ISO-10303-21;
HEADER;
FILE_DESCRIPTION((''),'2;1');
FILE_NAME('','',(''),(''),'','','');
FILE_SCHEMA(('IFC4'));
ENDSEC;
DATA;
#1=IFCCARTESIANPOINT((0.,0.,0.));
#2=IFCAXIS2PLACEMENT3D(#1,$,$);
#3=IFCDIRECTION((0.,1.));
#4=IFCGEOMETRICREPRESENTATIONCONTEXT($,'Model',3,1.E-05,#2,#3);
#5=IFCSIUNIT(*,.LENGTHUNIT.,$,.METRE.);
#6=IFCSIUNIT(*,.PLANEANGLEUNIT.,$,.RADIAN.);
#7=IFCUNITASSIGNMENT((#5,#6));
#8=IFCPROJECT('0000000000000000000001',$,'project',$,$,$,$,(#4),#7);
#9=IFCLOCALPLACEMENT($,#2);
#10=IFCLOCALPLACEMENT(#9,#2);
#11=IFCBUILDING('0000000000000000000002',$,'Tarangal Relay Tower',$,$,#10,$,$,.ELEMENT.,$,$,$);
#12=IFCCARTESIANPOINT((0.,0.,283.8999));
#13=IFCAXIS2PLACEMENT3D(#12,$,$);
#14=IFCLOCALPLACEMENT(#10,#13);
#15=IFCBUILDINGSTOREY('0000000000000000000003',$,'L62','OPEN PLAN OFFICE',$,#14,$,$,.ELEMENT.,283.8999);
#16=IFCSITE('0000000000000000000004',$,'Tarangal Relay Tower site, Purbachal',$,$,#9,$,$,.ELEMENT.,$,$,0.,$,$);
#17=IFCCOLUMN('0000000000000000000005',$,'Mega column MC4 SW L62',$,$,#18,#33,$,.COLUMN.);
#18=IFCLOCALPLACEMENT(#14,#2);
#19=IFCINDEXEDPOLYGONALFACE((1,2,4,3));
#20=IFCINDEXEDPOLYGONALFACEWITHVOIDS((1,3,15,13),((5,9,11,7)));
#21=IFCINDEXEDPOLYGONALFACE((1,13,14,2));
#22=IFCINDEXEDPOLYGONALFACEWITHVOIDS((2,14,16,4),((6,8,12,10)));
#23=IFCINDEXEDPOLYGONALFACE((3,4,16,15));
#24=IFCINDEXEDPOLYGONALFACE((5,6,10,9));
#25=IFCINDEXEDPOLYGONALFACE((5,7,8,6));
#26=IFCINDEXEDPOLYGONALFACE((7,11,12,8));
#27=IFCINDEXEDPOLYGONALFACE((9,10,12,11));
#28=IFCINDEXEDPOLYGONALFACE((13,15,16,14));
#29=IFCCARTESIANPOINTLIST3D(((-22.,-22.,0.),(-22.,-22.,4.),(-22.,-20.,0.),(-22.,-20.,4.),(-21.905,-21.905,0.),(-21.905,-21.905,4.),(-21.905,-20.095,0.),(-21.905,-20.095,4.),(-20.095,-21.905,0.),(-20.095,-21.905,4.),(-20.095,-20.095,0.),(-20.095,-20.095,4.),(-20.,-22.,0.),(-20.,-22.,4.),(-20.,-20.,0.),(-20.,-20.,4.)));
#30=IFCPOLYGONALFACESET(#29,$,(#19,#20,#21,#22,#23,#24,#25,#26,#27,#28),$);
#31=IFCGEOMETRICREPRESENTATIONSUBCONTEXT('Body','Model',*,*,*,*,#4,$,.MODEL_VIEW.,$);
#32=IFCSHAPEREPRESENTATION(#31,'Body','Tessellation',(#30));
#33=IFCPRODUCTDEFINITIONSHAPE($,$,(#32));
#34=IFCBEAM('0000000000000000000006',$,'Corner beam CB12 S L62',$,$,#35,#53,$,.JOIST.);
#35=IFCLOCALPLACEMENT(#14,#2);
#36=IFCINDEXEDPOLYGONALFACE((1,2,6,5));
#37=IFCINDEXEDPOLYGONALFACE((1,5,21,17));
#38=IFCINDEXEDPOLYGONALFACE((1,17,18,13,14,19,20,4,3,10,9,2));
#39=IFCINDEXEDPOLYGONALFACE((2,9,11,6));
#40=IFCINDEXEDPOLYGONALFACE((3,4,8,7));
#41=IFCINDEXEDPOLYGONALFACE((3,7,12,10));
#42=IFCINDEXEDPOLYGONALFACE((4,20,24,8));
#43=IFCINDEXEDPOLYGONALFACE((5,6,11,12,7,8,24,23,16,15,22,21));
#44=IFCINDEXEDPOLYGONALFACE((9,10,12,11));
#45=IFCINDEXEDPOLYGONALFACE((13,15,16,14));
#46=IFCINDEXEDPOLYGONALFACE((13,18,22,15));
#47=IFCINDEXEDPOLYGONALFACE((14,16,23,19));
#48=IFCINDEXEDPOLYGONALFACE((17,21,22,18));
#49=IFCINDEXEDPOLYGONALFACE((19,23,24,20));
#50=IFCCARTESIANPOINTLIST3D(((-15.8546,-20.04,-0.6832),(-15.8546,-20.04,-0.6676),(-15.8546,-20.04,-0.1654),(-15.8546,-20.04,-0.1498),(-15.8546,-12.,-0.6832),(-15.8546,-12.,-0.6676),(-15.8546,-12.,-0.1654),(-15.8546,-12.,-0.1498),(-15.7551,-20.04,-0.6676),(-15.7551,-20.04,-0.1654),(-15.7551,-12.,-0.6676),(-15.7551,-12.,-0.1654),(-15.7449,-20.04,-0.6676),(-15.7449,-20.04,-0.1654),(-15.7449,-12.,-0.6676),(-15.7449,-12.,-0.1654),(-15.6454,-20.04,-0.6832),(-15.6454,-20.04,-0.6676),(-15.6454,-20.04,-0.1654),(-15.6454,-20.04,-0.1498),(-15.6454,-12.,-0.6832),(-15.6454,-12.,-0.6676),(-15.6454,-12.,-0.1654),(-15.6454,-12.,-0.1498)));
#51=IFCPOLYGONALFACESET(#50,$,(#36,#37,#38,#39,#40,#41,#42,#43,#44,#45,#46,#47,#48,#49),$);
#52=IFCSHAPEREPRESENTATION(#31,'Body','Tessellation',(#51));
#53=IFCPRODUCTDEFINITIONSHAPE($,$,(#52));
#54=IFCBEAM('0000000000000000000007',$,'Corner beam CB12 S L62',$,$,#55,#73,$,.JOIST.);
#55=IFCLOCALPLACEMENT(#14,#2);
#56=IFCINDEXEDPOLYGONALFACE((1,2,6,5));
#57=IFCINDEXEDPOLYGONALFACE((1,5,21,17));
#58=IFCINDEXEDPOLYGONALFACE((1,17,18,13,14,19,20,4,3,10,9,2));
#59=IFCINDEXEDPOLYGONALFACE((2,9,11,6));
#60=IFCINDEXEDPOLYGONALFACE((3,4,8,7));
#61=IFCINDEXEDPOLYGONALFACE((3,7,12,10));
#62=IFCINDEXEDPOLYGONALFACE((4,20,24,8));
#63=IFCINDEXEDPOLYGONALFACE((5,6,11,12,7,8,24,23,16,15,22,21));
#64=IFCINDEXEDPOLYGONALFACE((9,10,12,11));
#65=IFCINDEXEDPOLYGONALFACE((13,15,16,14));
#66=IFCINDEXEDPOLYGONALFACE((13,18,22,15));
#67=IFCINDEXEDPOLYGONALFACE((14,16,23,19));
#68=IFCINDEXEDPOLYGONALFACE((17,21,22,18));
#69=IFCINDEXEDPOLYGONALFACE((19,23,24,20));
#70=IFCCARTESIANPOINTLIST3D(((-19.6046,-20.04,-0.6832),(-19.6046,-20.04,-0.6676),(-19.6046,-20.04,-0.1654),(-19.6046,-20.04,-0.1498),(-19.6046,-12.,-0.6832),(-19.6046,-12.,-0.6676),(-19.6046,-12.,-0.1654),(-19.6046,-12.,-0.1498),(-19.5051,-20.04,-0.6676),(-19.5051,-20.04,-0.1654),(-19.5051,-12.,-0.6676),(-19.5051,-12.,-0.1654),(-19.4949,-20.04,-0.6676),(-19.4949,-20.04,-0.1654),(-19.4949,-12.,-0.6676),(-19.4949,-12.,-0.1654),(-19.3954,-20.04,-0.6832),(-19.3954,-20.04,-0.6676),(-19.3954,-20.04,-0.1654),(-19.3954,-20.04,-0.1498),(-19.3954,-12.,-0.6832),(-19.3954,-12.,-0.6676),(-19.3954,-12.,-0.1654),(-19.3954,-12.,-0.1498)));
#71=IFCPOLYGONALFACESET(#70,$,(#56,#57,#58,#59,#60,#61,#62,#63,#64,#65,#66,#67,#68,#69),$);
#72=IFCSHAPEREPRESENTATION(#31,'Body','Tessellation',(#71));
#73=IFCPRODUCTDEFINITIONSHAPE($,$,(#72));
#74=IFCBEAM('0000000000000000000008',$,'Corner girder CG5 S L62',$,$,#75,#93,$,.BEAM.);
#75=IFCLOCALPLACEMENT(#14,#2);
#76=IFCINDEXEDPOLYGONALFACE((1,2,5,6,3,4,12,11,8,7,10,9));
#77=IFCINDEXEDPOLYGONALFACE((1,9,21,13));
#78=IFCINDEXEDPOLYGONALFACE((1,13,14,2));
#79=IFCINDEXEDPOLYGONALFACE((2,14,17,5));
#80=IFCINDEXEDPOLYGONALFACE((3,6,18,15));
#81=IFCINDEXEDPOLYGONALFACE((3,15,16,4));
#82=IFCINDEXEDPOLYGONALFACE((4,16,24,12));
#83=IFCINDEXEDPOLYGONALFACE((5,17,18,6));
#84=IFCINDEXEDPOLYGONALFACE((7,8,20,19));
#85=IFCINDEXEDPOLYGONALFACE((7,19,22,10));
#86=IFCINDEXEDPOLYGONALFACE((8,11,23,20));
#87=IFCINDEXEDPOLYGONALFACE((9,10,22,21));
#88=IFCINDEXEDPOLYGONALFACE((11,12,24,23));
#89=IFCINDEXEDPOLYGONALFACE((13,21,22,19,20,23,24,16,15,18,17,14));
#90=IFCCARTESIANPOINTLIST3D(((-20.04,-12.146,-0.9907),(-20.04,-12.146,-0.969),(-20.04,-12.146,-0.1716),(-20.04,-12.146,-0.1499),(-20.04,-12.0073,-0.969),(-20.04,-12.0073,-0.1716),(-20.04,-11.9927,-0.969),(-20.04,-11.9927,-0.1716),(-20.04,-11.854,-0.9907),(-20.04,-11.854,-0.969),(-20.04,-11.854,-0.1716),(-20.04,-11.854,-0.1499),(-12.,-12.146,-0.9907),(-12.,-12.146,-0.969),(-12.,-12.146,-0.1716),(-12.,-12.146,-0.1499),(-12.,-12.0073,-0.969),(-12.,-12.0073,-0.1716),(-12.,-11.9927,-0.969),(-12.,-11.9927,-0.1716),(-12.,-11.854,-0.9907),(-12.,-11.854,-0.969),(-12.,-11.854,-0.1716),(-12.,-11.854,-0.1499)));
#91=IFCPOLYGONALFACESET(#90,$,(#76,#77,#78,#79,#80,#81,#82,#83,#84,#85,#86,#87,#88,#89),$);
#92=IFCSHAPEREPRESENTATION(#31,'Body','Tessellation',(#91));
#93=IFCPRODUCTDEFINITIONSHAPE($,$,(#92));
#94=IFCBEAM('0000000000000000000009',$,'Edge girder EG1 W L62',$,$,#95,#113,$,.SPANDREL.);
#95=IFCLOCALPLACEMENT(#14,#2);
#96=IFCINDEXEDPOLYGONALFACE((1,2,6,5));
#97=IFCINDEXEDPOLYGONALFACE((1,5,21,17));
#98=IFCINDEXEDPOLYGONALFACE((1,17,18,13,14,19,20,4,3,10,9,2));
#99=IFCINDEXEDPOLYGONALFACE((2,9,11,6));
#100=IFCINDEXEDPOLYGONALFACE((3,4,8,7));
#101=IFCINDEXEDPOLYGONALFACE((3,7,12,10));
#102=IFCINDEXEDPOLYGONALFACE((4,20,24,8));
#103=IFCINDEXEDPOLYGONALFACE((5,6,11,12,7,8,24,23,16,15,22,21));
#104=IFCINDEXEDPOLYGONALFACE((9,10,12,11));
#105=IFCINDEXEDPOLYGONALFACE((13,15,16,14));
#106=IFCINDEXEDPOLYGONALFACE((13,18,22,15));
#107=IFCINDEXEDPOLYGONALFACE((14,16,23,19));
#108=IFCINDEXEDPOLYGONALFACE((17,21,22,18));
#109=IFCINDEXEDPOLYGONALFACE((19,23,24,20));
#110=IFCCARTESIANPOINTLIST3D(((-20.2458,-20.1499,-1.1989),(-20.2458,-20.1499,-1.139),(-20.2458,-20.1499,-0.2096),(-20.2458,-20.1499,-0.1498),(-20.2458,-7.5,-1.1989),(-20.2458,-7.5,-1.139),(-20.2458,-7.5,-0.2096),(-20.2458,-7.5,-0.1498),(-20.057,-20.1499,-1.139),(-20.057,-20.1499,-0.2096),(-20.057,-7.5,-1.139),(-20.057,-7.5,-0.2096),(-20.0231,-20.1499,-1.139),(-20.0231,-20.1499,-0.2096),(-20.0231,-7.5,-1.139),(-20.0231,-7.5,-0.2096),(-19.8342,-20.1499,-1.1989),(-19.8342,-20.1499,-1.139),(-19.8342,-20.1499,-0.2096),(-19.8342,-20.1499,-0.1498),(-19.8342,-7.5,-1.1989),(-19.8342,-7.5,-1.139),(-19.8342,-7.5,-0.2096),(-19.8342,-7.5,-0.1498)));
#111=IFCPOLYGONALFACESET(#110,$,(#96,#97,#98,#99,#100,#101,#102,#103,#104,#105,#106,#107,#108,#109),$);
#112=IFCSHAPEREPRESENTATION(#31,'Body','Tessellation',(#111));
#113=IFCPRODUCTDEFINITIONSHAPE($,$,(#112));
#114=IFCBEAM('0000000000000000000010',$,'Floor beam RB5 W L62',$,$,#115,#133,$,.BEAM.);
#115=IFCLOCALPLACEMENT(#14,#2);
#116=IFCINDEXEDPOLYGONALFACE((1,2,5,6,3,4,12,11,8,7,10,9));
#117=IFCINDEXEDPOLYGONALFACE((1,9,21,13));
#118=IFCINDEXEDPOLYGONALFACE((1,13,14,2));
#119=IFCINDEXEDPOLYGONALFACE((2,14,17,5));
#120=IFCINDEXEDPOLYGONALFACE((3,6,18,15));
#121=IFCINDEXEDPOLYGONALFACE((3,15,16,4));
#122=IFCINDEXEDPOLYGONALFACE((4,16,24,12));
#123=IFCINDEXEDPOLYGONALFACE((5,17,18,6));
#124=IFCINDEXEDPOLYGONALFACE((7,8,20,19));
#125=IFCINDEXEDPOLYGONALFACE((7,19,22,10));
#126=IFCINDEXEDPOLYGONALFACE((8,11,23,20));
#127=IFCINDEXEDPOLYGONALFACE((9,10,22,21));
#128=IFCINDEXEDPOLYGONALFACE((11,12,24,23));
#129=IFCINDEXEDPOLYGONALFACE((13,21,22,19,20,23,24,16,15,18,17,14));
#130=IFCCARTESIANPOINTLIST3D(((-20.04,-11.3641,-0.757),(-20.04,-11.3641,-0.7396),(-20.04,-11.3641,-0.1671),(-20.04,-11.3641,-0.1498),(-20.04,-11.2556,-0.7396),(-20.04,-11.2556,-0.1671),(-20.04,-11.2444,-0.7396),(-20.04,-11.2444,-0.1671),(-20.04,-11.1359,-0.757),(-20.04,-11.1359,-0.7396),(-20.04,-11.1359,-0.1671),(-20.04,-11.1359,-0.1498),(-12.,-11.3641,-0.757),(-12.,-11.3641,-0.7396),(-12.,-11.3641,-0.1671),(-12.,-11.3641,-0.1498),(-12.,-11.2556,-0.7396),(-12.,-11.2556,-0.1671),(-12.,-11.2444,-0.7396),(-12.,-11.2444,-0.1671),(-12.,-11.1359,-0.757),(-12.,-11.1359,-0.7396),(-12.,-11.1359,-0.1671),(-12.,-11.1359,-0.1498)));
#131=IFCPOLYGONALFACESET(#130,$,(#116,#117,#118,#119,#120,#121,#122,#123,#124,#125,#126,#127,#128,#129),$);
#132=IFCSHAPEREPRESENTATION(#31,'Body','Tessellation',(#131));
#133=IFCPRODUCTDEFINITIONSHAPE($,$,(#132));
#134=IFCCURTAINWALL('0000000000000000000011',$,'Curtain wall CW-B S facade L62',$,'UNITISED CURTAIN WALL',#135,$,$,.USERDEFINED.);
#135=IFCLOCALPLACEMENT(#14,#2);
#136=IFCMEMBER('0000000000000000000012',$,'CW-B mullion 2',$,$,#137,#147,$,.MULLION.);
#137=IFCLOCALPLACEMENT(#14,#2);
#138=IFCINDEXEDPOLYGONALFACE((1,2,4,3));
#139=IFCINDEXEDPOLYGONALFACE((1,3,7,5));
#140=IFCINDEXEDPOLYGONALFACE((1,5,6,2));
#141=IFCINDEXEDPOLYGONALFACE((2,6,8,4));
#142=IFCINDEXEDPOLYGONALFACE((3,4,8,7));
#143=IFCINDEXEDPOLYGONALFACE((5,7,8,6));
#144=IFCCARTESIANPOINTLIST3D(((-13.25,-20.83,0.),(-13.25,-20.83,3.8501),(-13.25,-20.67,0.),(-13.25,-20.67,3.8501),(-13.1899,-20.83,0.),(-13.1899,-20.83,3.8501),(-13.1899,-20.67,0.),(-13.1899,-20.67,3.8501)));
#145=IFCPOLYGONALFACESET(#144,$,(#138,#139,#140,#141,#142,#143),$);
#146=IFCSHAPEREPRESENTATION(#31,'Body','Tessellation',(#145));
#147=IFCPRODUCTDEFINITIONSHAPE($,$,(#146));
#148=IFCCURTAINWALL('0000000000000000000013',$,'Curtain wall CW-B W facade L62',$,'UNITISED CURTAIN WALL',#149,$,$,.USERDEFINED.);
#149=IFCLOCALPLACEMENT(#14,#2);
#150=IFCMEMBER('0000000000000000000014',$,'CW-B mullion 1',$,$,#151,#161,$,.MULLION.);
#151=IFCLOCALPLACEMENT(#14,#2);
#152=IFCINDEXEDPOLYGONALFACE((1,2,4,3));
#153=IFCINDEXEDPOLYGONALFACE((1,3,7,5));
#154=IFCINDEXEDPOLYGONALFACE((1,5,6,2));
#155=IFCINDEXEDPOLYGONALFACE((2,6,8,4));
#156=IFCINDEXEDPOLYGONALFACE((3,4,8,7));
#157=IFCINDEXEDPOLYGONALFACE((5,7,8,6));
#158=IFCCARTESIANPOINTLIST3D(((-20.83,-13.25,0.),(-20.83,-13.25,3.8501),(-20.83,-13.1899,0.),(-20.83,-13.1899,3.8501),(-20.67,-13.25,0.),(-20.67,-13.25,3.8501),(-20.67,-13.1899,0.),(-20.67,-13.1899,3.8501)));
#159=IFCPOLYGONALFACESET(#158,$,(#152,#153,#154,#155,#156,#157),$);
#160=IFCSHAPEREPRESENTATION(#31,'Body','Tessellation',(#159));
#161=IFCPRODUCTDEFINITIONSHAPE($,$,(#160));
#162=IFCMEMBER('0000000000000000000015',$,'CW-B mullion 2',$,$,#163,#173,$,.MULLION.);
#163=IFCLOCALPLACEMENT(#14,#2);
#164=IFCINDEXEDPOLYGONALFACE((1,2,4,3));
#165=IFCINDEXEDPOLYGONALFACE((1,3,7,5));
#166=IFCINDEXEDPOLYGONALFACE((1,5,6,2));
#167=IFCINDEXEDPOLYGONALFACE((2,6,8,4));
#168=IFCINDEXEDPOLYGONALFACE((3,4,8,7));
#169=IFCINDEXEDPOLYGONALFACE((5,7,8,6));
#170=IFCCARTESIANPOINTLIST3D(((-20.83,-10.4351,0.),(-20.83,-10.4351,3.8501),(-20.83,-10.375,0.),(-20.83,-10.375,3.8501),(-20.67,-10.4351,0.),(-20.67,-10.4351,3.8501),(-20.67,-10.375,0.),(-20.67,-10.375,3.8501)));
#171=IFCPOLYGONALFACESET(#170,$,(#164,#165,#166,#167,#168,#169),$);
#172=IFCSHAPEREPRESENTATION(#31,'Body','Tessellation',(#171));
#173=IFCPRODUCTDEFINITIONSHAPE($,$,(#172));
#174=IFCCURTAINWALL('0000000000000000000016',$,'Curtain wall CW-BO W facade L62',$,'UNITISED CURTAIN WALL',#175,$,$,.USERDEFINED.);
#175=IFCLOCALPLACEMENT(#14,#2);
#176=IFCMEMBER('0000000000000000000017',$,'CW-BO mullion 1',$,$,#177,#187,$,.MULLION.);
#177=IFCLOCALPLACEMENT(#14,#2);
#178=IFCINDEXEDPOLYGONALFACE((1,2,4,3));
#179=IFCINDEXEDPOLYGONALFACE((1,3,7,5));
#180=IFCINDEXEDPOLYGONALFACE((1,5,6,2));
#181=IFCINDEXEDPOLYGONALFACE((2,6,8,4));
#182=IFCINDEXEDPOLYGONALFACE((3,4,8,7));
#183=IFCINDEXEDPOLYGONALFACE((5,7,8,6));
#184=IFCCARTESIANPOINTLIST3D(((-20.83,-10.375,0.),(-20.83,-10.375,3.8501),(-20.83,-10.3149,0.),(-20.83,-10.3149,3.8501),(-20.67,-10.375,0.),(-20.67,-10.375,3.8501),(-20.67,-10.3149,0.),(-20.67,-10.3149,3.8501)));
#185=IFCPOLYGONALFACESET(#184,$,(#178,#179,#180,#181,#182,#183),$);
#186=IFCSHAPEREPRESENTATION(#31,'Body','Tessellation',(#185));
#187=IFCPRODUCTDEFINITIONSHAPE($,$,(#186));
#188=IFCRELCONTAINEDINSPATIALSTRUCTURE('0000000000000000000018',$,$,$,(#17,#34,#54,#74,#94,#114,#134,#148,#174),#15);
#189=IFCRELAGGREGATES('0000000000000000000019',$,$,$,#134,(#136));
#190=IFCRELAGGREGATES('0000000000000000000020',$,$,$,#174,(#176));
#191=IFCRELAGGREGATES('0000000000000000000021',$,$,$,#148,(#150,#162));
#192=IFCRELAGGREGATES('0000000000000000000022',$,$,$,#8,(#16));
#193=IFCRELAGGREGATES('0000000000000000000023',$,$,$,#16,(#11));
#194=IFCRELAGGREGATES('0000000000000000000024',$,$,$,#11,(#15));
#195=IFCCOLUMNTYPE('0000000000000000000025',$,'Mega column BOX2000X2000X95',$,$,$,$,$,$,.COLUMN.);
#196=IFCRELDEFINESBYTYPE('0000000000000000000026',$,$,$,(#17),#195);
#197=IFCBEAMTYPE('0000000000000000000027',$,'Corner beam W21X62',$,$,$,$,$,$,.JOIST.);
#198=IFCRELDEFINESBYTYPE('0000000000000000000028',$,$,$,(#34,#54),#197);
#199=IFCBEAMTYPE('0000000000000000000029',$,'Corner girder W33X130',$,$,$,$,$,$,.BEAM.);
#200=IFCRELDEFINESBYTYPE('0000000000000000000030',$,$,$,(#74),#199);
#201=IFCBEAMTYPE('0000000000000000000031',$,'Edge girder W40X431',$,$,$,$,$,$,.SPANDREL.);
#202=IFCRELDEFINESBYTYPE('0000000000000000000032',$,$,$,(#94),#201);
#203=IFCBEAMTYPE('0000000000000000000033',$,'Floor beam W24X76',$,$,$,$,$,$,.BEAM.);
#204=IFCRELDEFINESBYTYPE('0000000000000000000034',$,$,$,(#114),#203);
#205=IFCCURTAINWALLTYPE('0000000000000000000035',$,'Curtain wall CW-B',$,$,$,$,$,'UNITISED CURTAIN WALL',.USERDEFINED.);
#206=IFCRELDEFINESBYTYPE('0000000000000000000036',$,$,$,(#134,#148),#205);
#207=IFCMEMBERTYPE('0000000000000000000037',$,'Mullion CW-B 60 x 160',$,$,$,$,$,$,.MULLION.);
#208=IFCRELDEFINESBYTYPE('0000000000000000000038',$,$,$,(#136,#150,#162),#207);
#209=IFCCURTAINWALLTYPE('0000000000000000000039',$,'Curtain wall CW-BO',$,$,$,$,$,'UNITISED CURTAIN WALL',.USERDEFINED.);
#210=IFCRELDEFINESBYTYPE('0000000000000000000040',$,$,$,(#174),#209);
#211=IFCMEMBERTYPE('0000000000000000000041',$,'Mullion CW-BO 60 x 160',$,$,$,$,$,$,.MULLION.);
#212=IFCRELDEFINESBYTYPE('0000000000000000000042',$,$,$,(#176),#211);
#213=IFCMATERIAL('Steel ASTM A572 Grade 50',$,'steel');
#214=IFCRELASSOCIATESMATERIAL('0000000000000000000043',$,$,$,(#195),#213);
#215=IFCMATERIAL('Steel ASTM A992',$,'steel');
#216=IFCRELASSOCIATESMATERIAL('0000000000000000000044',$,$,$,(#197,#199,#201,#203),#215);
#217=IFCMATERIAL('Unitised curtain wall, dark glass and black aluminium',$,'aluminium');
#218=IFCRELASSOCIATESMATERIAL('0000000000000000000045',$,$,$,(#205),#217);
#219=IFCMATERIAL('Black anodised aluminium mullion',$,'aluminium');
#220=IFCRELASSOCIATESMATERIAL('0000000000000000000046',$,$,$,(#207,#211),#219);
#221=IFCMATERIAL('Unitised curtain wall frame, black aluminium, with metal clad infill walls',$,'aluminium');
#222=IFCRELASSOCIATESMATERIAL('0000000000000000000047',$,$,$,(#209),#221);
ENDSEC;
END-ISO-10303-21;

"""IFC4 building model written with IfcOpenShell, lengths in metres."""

from ifc_helpers import new_model, si_unit, direction, frame, origin, origin_2d, place, context, subcontext, project, spatial, rectangle, hollow_rectangle, i_section, extrude, material, material_profile, profile_set, type_object, element, aggregate, save


model = new_model("IFC4")

# Units and contexts
model_context = context("Model", 3, precision=1e-05, world=origin(), true_north=direction((0.0, 1.0)))
body_context = subcontext(model_context, "Body", "Model", "MODEL_VIEW")
ifc_project = project(units=[si_unit("LENGTHUNIT", "METRE"), si_unit("PLANEANGLEUNIT", "RADIAN")], contexts=[model_context])

# Site, building, storey
site_placement = place(None, origin())
site = spatial("IfcSite", under=ifc_project, at=site_placement, Name="Tarangal Relay Tower site, Purbachal", CompositionType="ELEMENT", RefElevation=0.0)
building_placement = place(site_placement, origin())
building = spatial("IfcBuilding", under=site, at=building_placement, Name="Tarangal Relay Tower", CompositionType="ELEMENT")
storey_placement = place(building_placement, frame((0.0, 0.0, 283.8999)))
storey = spatial("IfcBuildingStorey", under=building, at=storey_placement, Name="L62", Description="OPEN PLAN OFFICE", CompositionType="ELEMENT", Elevation=283.8999)

# Column
ifc_material_1 = material(Name="Steel ASTM A572 Grade 50", Category="steel")
ifc_material_profile_1 = material_profile(ifc_material_1, hollow_rectangle(XDim=2.0, YDim=2.0, WallThickness=0.095, at=origin_2d()), Name="BOX2000X2000X95")
ifc_profile_set_1 = profile_set([ifc_material_profile_1], Name="Steel ASTM A572 Grade 50")
column_type = type_object("IfcColumnType", Name="Mega column BOX2000X2000X95", PredefinedType="COLUMN", material=ifc_profile_set_1)
column_placement = place(storey_placement, frame((-21.0, -21.0, 0.0), z_axis=(0.0, 0.0, 1.0), x_axis=(1.0, 0.0, 0.0)))
element("IfcColumn", 1, at=column_placement, inside=storey, type_object=column_type, Name="Mega column MC4 SW L62", PredefinedType="COLUMN", context=body_context, shape_type="SweptSolid", body=[
    extrude(hollow_rectangle(XDim=2.0, YDim=2.0, WallThickness=0.095, at=origin_2d()), origin(), (0.0, 0.0, 1.0), 4.0),
])

# Beams
ifc_material_2 = material(Name="Steel ASTM A992", Category="steel")
ifc_material_profile_2 = material_profile(ifc_material_2, i_section(OverallWidth=0.2092, OverallDepth=0.5334, WebThickness=0.0103, FlangeThickness=0.0156, at=origin_2d()), Name="W21X62")
ifc_profile_set_2 = profile_set([ifc_material_profile_2], Name="Steel ASTM A992")
beam_type_1 = type_object("IfcBeamType", Name="Corner beam W21X62", PredefinedType="JOIST", material=ifc_profile_set_2)
for number, where, z_axis, x_axis, name in (
    (2, (-15.75, -12.0, -0.4165), (0.0, -1.0, 0.0), (1.0, 0.0, 0.0), "Corner beam CB12 S L62"),
    (3, (-19.5, -12.0, -0.4165), (0.0, -1.0, 0.0), (1.0, 0.0, 0.0), "Corner beam CB12 S L62"),
):
    element("IfcBeam", number, at=place(storey_placement, frame(where, z_axis=z_axis, x_axis=x_axis)), inside=storey, type_object=beam_type_1, Name=name, PredefinedType="JOIST", context=body_context, shape_type="SweptSolid", body=[
        extrude(i_section(OverallWidth=0.2092, OverallDepth=0.5334, WebThickness=0.0103, FlangeThickness=0.0156, at=origin_2d()), origin(), (0.0, 0.0, 1.0), 8.04),
    ])
ifc_material_profile_3 = material_profile(ifc_material_2, i_section(OverallWidth=0.292, OverallDepth=0.8408, WebThickness=0.0146, FlangeThickness=0.0217, at=origin_2d()), Name="W33X130")
ifc_profile_set_3 = profile_set([ifc_material_profile_3], Name="Steel ASTM A992")
beam_type_2 = type_object("IfcBeamType", Name="Corner girder W33X130", PredefinedType="BEAM", material=ifc_profile_set_3)
beam_1_placement = place(storey_placement, frame((-12.0, -12.0, -0.5703), z_axis=(-1.0, 0.0, 0.0), x_axis=(0.0, -1.0, 0.0)))
element("IfcBeam", 4, at=beam_1_placement, inside=storey, type_object=beam_type_2, Name="Corner girder CG5 S L62", PredefinedType="BEAM", context=body_context, shape_type="SweptSolid", body=[
    extrude(i_section(OverallWidth=0.292, OverallDepth=0.8408, WebThickness=0.0146, FlangeThickness=0.0217, at=origin_2d()), origin(), (0.0, 0.0, 1.0), 8.04),
])
ifc_material_profile_4 = material_profile(ifc_material_2, i_section(OverallWidth=0.4116, OverallDepth=1.0491, WebThickness=0.0339, FlangeThickness=0.0598, at=origin_2d()), Name="W40X431")
ifc_profile_set_4 = profile_set([ifc_material_profile_4], Name="Steel ASTM A992")
beam_type_3 = type_object("IfcBeamType", Name="Edge girder W40X431", PredefinedType="SPANDREL", material=ifc_profile_set_4)
beam_2_placement = place(storey_placement, frame((-20.04, -20.1499, -0.6743), z_axis=(0.0, 1.0, 0.0), x_axis=(-1.0, 0.0, 0.0)))
element("IfcBeam", 5, at=beam_2_placement, inside=storey, type_object=beam_type_3, Name="Edge girder EG1 W L62", PredefinedType="SPANDREL", context=body_context, shape_type="SweptSolid", body=[
    extrude(i_section(OverallWidth=0.4116, OverallDepth=1.0491, WebThickness=0.0339, FlangeThickness=0.0598, at=origin_2d()), origin(), (0.0, 0.0, 1.0), 12.6499),
])
ifc_material_profile_5 = material_profile(ifc_material_2, i_section(OverallWidth=0.2283, OverallDepth=0.6072, WebThickness=0.0112, FlangeThickness=0.0173, at=origin_2d()), Name="W24X76")
ifc_profile_set_5 = profile_set([ifc_material_profile_5], Name="Steel ASTM A992")
beam_type_4 = type_object("IfcBeamType", Name="Floor beam W24X76", PredefinedType="BEAM", material=ifc_profile_set_5)
beam_3_placement = place(storey_placement, frame((-12.0, -11.25, -0.4534), z_axis=(-1.0, 0.0, 0.0), x_axis=(0.0, -1.0, 0.0)))
element("IfcBeam", 6, at=beam_3_placement, inside=storey, type_object=beam_type_4, Name="Floor beam RB5 W L62", PredefinedType="BEAM", context=body_context, shape_type="SweptSolid", body=[
    extrude(i_section(OverallWidth=0.2283, OverallDepth=0.6072, WebThickness=0.0112, FlangeThickness=0.0173, at=origin_2d()), origin(), (0.0, 0.0, 1.0), 8.04),
])

# Curtain wall, member
ifc_material_3 = material(Name="Unitised curtain wall, dark glass and black aluminium", Category="aluminium")
curtain_wall_type_1 = type_object("IfcCurtainWallType", Name="Curtain wall CW-B", ElementType="UNITISED CURTAIN WALL", PredefinedType="USERDEFINED", material=ifc_material_3)
curtain_wall_1_placement = place(storey_placement, origin())
curtain_wall_1 = element("IfcCurtainWall", 7, at=curtain_wall_1_placement, inside=storey, type_object=curtain_wall_type_1, Name="Curtain wall CW-B S facade L62", ObjectType="UNITISED CURTAIN WALL", PredefinedType="USERDEFINED")
ifc_material_4 = material(Name="Black anodised aluminium mullion", Category="aluminium")
ifc_material_profile_6 = material_profile(ifc_material_4, rectangle(XDim=0.1599, YDim=0.0601, at=origin_2d()), Name="CW-BM 60X160")
ifc_profile_set_6 = profile_set([ifc_material_profile_6], Name="Black anodised aluminium mullion")
member_type_1 = type_object("IfcMemberType", Name="Mullion CW-B 60 x 160", PredefinedType="MULLION", material=ifc_profile_set_6)
member_1_placement = place(storey_placement, frame((-13.22, -20.75, 0.0), z_axis=(0.0, 0.0, 1.0), x_axis=(0.0, -1.0, 0.0)))
member_1 = element("IfcMember", 8, at=member_1_placement, type_object=member_type_1, Name="CW-B mullion 2", PredefinedType="MULLION", context=body_context, shape_type="SweptSolid", body=[
    extrude(rectangle(XDim=0.1599, YDim=0.0601, at=origin_2d()), origin(), (0.0, 0.0, 1.0), 3.8501),
])
aggregate(curtain_wall_1, [member_1])

# Curtain wall, members
curtain_wall_2_placement = place(storey_placement, origin())
curtain_wall_2 = element("IfcCurtainWall", 9, at=curtain_wall_2_placement, inside=storey, type_object=curtain_wall_type_1, Name="Curtain wall CW-B W facade L62", ObjectType="UNITISED CURTAIN WALL", PredefinedType="USERDEFINED")
member_2_placement = place(storey_placement, frame((-20.75, -13.22, 0.0), z_axis=(0.0, 0.0, 1.0), x_axis=(-1.0, 0.0, 0.0)))
member_2 = element("IfcMember", 10, at=member_2_placement, type_object=member_type_1, Name="CW-B mullion 1", PredefinedType="MULLION", context=body_context, shape_type="SweptSolid", body=[
    extrude(rectangle(XDim=0.1599, YDim=0.0601, at=origin_2d()), origin(), (0.0, 0.0, 1.0), 3.8501),
])
member_3_placement = place(storey_placement, frame((-20.75, -10.405, 0.0), z_axis=(0.0, 0.0, 1.0), x_axis=(-1.0, 0.0, 0.0)))
member_3 = element("IfcMember", 11, at=member_3_placement, type_object=member_type_1, Name="CW-B mullion 2", PredefinedType="MULLION", context=body_context, shape_type="SweptSolid", body=[
    extrude(rectangle(XDim=0.1599, YDim=0.0601, at=origin_2d()), origin(), (0.0, 0.0, 1.0), 3.8501),
])

# Curtain wall, member
ifc_material_5 = material(Name="Unitised curtain wall frame, black aluminium, with metal clad infill walls", Category="aluminium")
curtain_wall_type_2 = type_object("IfcCurtainWallType", Name="Curtain wall CW-BO", ElementType="UNITISED CURTAIN WALL", PredefinedType="USERDEFINED", material=ifc_material_5)
curtain_wall_3_placement = place(storey_placement, origin())
curtain_wall_3 = element("IfcCurtainWall", 12, at=curtain_wall_3_placement, inside=storey, type_object=curtain_wall_type_2, Name="Curtain wall CW-BO W facade L62", ObjectType="UNITISED CURTAIN WALL", PredefinedType="USERDEFINED")
ifc_material_profile_7 = material_profile(ifc_material_4, rectangle(XDim=0.1599, YDim=0.0601, at=origin_2d()), Name="CW-BOM 60X160")
ifc_profile_set_7 = profile_set([ifc_material_profile_7], Name="Black anodised aluminium mullion")
member_type_2 = type_object("IfcMemberType", Name="Mullion CW-BO 60 x 160", PredefinedType="MULLION", material=ifc_profile_set_7)
member_4_placement = place(storey_placement, frame((-20.75, -10.345, 0.0), z_axis=(0.0, 0.0, 1.0), x_axis=(-1.0, 0.0, 0.0)))
member_4 = element("IfcMember", 13, at=member_4_placement, type_object=member_type_2, Name="CW-BO mullion 1", PredefinedType="MULLION", context=body_context, shape_type="SweptSolid", body=[
    extrude(rectangle(XDim=0.1599, YDim=0.0601, at=origin_2d()), origin(), (0.0, 0.0, 1.0), 3.8501),
])
aggregate(curtain_wall_3, [member_4])

aggregate(curtain_wall_2, [member_2, member_3])

save(model, "model.ifc")
